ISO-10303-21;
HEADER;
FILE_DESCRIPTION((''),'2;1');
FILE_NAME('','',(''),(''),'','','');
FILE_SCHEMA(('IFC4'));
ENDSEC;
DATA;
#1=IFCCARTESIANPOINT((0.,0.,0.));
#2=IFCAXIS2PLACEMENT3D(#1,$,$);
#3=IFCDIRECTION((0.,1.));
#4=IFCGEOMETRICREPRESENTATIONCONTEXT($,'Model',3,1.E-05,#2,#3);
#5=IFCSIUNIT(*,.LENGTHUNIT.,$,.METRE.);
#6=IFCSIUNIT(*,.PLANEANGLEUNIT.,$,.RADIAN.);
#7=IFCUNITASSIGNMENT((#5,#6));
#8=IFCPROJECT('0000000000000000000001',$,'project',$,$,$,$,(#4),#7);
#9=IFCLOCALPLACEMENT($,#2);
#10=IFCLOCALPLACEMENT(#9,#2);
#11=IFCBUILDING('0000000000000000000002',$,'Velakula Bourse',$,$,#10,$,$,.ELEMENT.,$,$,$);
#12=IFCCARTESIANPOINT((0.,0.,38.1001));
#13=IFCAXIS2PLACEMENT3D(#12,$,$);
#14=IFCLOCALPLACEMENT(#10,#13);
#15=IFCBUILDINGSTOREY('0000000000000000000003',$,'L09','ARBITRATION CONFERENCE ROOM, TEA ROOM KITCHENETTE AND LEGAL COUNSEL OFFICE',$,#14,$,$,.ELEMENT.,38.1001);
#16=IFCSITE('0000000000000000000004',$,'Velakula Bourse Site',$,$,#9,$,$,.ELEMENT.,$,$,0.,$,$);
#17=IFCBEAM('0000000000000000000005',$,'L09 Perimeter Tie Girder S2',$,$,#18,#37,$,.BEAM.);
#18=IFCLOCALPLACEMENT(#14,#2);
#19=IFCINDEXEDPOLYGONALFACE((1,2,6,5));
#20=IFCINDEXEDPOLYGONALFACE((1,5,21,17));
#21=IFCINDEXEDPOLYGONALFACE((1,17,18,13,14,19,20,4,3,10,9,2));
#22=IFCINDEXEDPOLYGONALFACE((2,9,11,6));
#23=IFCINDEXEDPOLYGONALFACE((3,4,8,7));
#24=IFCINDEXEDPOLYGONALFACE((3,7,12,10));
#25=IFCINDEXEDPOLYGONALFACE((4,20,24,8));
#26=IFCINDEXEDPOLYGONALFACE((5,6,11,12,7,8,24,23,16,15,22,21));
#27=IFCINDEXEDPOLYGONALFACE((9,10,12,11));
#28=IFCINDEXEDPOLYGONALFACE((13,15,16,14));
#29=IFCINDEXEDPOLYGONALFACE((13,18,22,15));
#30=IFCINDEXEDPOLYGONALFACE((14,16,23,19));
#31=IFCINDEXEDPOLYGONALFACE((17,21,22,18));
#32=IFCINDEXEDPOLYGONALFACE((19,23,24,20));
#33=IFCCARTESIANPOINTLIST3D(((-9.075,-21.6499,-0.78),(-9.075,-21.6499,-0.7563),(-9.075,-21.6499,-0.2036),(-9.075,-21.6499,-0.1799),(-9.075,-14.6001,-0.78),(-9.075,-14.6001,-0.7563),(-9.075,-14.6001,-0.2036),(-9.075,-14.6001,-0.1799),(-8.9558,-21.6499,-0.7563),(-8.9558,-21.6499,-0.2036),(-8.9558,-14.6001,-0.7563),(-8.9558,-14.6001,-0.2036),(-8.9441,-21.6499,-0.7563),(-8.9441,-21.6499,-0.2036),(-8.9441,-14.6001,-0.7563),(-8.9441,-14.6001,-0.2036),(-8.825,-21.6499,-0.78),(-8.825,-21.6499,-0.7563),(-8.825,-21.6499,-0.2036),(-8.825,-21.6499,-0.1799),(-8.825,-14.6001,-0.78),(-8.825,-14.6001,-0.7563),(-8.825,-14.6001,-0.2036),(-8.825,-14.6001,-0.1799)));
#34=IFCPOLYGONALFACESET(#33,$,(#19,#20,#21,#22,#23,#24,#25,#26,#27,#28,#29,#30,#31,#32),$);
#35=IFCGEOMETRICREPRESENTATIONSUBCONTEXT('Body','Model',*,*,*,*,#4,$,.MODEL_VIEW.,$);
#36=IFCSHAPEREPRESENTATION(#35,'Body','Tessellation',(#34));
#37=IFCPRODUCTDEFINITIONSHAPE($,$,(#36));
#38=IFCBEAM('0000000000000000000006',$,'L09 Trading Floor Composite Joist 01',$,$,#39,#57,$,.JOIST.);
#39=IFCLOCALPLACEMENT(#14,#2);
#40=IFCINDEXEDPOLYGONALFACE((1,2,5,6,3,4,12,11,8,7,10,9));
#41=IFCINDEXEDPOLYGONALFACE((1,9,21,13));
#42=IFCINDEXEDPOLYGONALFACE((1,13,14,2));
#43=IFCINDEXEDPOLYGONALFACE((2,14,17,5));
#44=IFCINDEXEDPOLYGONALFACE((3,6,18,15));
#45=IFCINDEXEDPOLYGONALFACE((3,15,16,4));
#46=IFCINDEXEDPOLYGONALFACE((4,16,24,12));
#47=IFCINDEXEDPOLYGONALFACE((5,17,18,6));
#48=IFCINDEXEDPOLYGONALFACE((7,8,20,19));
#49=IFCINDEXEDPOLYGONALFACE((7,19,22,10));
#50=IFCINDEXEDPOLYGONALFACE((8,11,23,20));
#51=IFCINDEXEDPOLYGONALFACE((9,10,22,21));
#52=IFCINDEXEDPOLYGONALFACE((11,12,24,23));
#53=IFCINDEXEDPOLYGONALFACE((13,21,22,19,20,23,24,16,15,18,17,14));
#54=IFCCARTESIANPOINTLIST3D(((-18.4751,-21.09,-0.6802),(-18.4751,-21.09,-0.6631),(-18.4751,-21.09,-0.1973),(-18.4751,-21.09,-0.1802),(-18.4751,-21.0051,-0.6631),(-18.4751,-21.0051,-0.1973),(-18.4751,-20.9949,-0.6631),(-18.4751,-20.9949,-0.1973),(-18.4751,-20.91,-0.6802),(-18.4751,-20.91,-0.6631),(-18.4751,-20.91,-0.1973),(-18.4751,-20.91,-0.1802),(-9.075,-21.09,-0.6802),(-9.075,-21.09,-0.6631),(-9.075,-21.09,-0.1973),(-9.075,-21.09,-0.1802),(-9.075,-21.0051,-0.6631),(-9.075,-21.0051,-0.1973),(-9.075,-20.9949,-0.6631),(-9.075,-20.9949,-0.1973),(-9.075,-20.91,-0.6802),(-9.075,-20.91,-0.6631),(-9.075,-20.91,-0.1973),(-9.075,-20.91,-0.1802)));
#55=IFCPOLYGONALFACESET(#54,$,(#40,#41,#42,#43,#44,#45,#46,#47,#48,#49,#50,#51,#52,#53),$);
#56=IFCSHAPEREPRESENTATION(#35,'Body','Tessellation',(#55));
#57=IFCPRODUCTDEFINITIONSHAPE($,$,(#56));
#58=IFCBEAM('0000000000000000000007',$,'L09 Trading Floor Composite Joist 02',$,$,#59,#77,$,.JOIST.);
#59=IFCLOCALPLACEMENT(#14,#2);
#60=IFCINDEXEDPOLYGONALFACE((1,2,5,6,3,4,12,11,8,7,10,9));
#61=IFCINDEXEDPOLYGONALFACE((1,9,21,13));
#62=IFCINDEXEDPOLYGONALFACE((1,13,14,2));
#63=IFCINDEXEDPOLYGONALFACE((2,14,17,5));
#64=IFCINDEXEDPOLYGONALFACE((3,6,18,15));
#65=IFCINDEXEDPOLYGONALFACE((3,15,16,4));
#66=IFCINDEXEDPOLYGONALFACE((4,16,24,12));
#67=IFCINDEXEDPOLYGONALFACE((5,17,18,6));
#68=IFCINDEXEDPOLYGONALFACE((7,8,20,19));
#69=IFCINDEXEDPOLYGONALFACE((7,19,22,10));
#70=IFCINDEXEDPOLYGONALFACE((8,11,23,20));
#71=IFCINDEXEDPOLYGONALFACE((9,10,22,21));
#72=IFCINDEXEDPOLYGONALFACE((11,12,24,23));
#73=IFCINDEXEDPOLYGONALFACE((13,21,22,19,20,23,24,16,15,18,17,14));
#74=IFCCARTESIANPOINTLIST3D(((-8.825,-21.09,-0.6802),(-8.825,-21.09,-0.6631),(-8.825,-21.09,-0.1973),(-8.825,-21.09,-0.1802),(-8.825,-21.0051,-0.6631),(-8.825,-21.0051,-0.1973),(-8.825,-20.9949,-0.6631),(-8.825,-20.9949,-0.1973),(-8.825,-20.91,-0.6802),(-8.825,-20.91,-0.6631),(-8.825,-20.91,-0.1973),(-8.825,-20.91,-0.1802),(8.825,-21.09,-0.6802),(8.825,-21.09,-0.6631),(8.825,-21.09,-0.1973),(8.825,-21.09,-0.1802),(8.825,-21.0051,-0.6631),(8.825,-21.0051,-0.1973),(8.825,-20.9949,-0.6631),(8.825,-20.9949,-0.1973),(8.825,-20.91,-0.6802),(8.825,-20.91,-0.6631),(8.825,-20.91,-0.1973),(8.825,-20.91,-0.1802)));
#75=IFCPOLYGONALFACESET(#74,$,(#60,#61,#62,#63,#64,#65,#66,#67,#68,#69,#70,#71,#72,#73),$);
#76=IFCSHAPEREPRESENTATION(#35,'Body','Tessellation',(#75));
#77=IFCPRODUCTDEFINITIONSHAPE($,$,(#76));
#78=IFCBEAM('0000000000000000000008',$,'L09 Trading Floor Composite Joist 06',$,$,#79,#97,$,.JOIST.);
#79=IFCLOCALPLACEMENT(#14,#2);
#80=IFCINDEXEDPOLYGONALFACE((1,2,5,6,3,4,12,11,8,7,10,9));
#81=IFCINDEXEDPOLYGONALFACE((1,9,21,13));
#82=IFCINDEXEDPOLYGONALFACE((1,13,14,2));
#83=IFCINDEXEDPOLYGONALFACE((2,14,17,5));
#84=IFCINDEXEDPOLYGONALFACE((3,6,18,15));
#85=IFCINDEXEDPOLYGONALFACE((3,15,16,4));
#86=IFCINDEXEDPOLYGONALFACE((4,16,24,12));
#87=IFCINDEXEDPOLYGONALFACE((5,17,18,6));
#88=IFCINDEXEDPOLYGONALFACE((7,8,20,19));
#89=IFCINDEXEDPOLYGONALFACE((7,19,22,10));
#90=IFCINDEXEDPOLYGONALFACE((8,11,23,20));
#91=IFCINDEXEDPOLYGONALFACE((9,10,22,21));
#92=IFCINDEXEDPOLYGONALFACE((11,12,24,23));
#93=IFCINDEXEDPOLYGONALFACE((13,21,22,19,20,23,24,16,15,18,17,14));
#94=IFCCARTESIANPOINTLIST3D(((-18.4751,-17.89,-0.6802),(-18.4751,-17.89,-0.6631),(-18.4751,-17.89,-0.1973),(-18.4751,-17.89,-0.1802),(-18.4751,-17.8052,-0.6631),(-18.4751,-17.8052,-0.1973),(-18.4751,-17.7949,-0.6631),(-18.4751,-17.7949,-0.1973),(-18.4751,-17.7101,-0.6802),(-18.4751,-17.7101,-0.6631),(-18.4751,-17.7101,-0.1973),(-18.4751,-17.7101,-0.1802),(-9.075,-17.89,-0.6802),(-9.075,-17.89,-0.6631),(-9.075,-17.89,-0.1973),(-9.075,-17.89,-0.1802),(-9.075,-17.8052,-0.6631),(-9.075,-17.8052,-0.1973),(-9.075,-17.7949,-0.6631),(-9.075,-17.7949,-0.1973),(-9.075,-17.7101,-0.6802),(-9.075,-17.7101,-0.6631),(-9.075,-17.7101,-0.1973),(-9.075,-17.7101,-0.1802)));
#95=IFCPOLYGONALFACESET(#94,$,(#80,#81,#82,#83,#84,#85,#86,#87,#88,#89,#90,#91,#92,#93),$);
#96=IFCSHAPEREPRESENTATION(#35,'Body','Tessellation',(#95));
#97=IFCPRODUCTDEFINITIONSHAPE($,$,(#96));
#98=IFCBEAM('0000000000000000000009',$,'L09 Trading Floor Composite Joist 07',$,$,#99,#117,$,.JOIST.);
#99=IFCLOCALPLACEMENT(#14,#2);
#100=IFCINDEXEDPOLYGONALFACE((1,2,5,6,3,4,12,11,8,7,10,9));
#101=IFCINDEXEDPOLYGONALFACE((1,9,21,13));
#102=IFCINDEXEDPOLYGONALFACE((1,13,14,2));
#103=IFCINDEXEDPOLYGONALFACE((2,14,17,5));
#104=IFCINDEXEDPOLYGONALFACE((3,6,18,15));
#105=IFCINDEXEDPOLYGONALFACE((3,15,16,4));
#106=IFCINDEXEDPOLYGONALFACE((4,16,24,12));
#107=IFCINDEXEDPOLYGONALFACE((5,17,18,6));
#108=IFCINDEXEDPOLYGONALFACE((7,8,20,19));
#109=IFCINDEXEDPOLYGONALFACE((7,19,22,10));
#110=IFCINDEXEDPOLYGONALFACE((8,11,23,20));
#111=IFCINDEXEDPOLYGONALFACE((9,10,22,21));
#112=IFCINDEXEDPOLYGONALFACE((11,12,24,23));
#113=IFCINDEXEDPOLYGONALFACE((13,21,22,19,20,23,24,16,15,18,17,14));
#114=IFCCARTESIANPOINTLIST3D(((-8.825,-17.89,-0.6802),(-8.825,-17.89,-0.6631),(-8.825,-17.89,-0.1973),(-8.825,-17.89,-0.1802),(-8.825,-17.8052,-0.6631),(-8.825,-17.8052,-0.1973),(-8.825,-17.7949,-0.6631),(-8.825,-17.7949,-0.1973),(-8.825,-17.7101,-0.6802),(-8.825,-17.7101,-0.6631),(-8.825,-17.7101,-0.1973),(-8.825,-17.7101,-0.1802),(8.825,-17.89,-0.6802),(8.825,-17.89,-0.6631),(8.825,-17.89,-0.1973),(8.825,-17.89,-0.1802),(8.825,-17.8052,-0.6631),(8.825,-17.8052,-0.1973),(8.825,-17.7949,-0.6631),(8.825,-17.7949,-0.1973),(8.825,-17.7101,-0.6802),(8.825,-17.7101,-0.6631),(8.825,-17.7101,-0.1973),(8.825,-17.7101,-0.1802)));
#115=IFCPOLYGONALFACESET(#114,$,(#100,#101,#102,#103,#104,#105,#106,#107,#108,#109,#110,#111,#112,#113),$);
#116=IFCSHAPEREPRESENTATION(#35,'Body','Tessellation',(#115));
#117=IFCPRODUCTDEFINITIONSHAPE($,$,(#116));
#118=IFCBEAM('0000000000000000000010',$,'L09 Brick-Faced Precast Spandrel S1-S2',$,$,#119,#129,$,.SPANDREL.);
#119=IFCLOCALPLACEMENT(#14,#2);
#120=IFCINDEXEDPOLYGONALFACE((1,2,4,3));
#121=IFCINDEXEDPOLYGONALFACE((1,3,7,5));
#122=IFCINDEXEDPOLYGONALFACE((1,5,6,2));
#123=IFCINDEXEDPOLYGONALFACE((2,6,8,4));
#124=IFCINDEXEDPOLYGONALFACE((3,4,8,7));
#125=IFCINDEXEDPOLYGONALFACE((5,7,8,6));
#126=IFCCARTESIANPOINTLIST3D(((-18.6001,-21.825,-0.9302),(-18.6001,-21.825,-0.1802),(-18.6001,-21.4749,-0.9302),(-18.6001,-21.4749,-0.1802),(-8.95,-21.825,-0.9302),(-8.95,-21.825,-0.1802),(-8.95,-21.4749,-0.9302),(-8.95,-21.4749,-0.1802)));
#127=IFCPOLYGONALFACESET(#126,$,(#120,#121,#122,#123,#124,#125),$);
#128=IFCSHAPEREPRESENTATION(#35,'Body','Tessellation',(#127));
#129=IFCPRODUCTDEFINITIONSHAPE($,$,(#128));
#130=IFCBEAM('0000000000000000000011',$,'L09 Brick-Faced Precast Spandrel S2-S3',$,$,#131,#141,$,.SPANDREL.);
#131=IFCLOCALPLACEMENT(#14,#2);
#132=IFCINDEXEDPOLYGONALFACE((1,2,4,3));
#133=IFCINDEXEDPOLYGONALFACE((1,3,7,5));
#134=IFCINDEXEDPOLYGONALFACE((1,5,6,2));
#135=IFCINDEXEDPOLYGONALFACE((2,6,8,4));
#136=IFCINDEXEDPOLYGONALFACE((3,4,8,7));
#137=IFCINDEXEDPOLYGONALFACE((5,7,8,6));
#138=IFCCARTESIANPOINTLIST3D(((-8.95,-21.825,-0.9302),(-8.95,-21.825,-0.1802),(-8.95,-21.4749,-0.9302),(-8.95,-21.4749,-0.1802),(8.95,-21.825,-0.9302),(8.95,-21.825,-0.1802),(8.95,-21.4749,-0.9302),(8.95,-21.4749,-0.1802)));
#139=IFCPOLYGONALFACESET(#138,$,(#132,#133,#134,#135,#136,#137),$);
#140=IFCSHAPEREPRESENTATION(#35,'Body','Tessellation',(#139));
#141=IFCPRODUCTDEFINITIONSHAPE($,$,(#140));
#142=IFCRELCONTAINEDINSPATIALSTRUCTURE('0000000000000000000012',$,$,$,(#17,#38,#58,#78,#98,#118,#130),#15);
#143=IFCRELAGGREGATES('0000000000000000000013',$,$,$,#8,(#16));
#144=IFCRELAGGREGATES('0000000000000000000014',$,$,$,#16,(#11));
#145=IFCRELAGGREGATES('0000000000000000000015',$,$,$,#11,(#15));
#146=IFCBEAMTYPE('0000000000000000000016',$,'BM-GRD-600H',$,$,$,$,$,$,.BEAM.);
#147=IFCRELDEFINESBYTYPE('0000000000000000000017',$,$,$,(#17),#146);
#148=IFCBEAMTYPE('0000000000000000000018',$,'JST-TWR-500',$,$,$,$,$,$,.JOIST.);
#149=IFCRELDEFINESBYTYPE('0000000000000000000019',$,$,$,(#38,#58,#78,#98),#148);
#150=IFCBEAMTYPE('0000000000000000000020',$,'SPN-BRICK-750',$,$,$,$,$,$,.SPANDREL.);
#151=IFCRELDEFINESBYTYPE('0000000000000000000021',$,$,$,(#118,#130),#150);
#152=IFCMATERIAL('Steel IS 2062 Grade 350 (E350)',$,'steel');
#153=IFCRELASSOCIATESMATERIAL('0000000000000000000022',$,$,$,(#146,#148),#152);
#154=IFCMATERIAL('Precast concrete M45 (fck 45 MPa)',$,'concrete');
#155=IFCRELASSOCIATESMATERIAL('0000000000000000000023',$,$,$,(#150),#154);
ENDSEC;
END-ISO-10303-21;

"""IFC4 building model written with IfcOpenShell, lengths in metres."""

from ifc_helpers import new_model, si_unit, direction, frame, origin, origin_2d, place, context, subcontext, project, spatial, rectangle, i_section, extrude, material, material_profile, profile_set, type_object, element, save


model = new_model("IFC4")

# Units and contexts
model_context = context("Model", 3, precision=1e-05, world=origin(), true_north=direction((0.0, 1.0)))
body_context = subcontext(model_context, "Body", "Model", "MODEL_VIEW")
ifc_project = project(units=[si_unit("LENGTHUNIT", "METRE"), si_unit("PLANEANGLEUNIT", "RADIAN")], contexts=[model_context])

# Site, building, storey
site_placement = place(None, origin())
site = spatial("IfcSite", under=ifc_project, at=site_placement, Name="Velakula Bourse Site", CompositionType="ELEMENT", RefElevation=0.0)
building_placement = place(site_placement, origin())
building = spatial("IfcBuilding", under=site, at=building_placement, Name="Velakula Bourse", CompositionType="ELEMENT")
storey_placement = place(building_placement, frame((0.0, 0.0, 38.1001)))
storey = spatial("IfcBuildingStorey", under=building, at=storey_placement, Name="L09", Description="ARBITRATION CONFERENCE ROOM, TEA ROOM KITCHENETTE AND LEGAL COUNSEL OFFICE", CompositionType="ELEMENT", Elevation=38.1001)

# Beams
ifc_material_1 = material(Name="Steel IS 2062 Grade 350 (E350)", Category="steel")
ifc_material_profile_1 = material_profile(ifc_material_1, i_section(OverallWidth=0.25, OverallDepth=0.6001, WebThickness=0.0117, FlangeThickness=0.0237, at=origin_2d()), Name="Steel IS 2062 Grade 350 (E350)")
ifc_profile_set_1 = profile_set([ifc_material_profile_1], Name="Steel IS 2062 Grade 350 (E350)")
beam_type_1 = type_object("IfcBeamType", Name="BM-GRD-600H", PredefinedType="BEAM", material=ifc_profile_set_1)
for number, where, z_axis, x_axis, name in (
    (1, (-8.95, -14.6001, -0.48), (0.0, -1.0, 0.0), (1.0, 0.0, 0.0), "L09 Perimeter Tie Girder S2"),
):
    element("IfcBeam", number, at=place(storey_placement, frame(where, z_axis=z_axis, x_axis=x_axis)), inside=storey, type_object=beam_type_1, Name=name, PredefinedType="BEAM", context=body_context, shape_type="SweptSolid", body=[
        extrude(i_section(OverallWidth=0.25, OverallDepth=0.6001, WebThickness=0.0117, FlangeThickness=0.0237, at=origin_2d()), origin(), (0.0, 0.0, 1.0), 7.0498),
    ])
ifc_material_profile_2 = material_profile(ifc_material_1, i_section(OverallWidth=0.1799, OverallDepth=0.5, WebThickness=0.0103, FlangeThickness=0.0171, at=origin_2d()), Name="Steel IS 2062 Grade 350 (E350)")
ifc_profile_set_2 = profile_set([ifc_material_profile_2], Name="Steel IS 2062 Grade 350 (E350)")
beam_type_2 = type_object("IfcBeamType", Name="JST-TWR-500", PredefinedType="JOIST", material=ifc_profile_set_2)
beam_1_placement = place(storey_placement, frame((-18.4751, -21.0, -0.4302), z_axis=(1.0, 0.0, 0.0), x_axis=(0.0, 1.0, 0.0)))
element("IfcBeam", 2, at=beam_1_placement, inside=storey, type_object=beam_type_2, Name="L09 Trading Floor Composite Joist 01", PredefinedType="JOIST", context=body_context, shape_type="SweptSolid", body=[
    extrude(i_section(OverallWidth=0.1799, OverallDepth=0.5, WebThickness=0.0103, FlangeThickness=0.0171, at=origin_2d()), origin(), (0.0, 0.0, 1.0), 9.4001),
])
beam_2_placement = place(storey_placement, frame((-8.825, -21.0, -0.4302), z_axis=(1.0, 0.0, 0.0), x_axis=(0.0, 1.0, 0.0)))
element("IfcBeam", 3, at=beam_2_placement, inside=storey, type_object=beam_type_2, Name="L09 Trading Floor Composite Joist 02", PredefinedType="JOIST", context=body_context, shape_type="SweptSolid", body=[
    extrude(i_section(OverallWidth=0.1799, OverallDepth=0.5, WebThickness=0.0103, FlangeThickness=0.0171, at=origin_2d()), origin(), (0.0, 0.0, 1.0), 17.6499),
])
beam_3_placement = place(storey_placement, frame((-18.4751, -17.8, -0.4302), z_axis=(1.0, 0.0, 0.0), x_axis=(0.0, 1.0, 0.0)))
element("IfcBeam", 4, at=beam_3_placement, inside=storey, type_object=beam_type_2, Name="L09 Trading Floor Composite Joist 06", PredefinedType="JOIST", context=body_context, shape_type="SweptSolid", body=[
    extrude(i_section(OverallWidth=0.1799, OverallDepth=0.5, WebThickness=0.0103, FlangeThickness=0.0171, at=origin_2d()), origin(), (0.0, 0.0, 1.0), 9.4001),
])
beam_4_placement = place(storey_placement, frame((-8.825, -17.8, -0.4302), z_axis=(1.0, 0.0, 0.0), x_axis=(0.0, 1.0, 0.0)))
element("IfcBeam", 5, at=beam_4_placement, inside=storey, type_object=beam_type_2, Name="L09 Trading Floor Composite Joist 07", PredefinedType="JOIST", context=body_context, shape_type="SweptSolid", body=[
    extrude(i_section(OverallWidth=0.1799, OverallDepth=0.5, WebThickness=0.0103, FlangeThickness=0.0171, at=origin_2d()), origin(), (0.0, 0.0, 1.0), 17.6499),
])
ifc_material_2 = material(Name="Precast concrete M45 (fck 45 MPa)", Category="concrete")
ifc_material_profile_3 = material_profile(ifc_material_2, rectangle(XDim=0.3501, YDim=0.75, at=origin_2d()), Name="Precast concrete M45 (fck 45 MPa)")
ifc_profile_set_3 = profile_set([ifc_material_profile_3], Name="Precast concrete M45 (fck 45 MPa)")
beam_type_3 = type_object("IfcBeamType", Name="SPN-BRICK-750", PredefinedType="SPANDREL", material=ifc_profile_set_3)
beam_5_placement = place(storey_placement, frame((-18.6001, -21.6499, -0.5552), z_axis=(1.0, 0.0, 0.0), x_axis=(0.0, 1.0, 0.0)))
element("IfcBeam", 6, at=beam_5_placement, inside=storey, type_object=beam_type_3, Name="L09 Brick-Faced Precast Spandrel S1-S2", PredefinedType="SPANDREL", context=body_context, shape_type="SweptSolid", body=[
    extrude(rectangle(XDim=0.3501, YDim=0.75, at=origin_2d()), origin(), (0.0, 0.0, 1.0), 9.6501),
])
beam_6_placement = place(storey_placement, frame((-8.95, -21.6499, -0.5552), z_axis=(1.0, 0.0, 0.0), x_axis=(0.0, 1.0, 0.0)))
element("IfcBeam", 7, at=beam_6_placement, inside=storey, type_object=beam_type_3, Name="L09 Brick-Faced Precast Spandrel S2-S3", PredefinedType="SPANDREL", context=body_context, shape_type="SweptSolid", body=[
    extrude(rectangle(XDim=0.3501, YDim=0.75, at=origin_2d()), origin(), (0.0, 0.0, 1.0), 17.8999),
])

save(model, "model.ifc")
